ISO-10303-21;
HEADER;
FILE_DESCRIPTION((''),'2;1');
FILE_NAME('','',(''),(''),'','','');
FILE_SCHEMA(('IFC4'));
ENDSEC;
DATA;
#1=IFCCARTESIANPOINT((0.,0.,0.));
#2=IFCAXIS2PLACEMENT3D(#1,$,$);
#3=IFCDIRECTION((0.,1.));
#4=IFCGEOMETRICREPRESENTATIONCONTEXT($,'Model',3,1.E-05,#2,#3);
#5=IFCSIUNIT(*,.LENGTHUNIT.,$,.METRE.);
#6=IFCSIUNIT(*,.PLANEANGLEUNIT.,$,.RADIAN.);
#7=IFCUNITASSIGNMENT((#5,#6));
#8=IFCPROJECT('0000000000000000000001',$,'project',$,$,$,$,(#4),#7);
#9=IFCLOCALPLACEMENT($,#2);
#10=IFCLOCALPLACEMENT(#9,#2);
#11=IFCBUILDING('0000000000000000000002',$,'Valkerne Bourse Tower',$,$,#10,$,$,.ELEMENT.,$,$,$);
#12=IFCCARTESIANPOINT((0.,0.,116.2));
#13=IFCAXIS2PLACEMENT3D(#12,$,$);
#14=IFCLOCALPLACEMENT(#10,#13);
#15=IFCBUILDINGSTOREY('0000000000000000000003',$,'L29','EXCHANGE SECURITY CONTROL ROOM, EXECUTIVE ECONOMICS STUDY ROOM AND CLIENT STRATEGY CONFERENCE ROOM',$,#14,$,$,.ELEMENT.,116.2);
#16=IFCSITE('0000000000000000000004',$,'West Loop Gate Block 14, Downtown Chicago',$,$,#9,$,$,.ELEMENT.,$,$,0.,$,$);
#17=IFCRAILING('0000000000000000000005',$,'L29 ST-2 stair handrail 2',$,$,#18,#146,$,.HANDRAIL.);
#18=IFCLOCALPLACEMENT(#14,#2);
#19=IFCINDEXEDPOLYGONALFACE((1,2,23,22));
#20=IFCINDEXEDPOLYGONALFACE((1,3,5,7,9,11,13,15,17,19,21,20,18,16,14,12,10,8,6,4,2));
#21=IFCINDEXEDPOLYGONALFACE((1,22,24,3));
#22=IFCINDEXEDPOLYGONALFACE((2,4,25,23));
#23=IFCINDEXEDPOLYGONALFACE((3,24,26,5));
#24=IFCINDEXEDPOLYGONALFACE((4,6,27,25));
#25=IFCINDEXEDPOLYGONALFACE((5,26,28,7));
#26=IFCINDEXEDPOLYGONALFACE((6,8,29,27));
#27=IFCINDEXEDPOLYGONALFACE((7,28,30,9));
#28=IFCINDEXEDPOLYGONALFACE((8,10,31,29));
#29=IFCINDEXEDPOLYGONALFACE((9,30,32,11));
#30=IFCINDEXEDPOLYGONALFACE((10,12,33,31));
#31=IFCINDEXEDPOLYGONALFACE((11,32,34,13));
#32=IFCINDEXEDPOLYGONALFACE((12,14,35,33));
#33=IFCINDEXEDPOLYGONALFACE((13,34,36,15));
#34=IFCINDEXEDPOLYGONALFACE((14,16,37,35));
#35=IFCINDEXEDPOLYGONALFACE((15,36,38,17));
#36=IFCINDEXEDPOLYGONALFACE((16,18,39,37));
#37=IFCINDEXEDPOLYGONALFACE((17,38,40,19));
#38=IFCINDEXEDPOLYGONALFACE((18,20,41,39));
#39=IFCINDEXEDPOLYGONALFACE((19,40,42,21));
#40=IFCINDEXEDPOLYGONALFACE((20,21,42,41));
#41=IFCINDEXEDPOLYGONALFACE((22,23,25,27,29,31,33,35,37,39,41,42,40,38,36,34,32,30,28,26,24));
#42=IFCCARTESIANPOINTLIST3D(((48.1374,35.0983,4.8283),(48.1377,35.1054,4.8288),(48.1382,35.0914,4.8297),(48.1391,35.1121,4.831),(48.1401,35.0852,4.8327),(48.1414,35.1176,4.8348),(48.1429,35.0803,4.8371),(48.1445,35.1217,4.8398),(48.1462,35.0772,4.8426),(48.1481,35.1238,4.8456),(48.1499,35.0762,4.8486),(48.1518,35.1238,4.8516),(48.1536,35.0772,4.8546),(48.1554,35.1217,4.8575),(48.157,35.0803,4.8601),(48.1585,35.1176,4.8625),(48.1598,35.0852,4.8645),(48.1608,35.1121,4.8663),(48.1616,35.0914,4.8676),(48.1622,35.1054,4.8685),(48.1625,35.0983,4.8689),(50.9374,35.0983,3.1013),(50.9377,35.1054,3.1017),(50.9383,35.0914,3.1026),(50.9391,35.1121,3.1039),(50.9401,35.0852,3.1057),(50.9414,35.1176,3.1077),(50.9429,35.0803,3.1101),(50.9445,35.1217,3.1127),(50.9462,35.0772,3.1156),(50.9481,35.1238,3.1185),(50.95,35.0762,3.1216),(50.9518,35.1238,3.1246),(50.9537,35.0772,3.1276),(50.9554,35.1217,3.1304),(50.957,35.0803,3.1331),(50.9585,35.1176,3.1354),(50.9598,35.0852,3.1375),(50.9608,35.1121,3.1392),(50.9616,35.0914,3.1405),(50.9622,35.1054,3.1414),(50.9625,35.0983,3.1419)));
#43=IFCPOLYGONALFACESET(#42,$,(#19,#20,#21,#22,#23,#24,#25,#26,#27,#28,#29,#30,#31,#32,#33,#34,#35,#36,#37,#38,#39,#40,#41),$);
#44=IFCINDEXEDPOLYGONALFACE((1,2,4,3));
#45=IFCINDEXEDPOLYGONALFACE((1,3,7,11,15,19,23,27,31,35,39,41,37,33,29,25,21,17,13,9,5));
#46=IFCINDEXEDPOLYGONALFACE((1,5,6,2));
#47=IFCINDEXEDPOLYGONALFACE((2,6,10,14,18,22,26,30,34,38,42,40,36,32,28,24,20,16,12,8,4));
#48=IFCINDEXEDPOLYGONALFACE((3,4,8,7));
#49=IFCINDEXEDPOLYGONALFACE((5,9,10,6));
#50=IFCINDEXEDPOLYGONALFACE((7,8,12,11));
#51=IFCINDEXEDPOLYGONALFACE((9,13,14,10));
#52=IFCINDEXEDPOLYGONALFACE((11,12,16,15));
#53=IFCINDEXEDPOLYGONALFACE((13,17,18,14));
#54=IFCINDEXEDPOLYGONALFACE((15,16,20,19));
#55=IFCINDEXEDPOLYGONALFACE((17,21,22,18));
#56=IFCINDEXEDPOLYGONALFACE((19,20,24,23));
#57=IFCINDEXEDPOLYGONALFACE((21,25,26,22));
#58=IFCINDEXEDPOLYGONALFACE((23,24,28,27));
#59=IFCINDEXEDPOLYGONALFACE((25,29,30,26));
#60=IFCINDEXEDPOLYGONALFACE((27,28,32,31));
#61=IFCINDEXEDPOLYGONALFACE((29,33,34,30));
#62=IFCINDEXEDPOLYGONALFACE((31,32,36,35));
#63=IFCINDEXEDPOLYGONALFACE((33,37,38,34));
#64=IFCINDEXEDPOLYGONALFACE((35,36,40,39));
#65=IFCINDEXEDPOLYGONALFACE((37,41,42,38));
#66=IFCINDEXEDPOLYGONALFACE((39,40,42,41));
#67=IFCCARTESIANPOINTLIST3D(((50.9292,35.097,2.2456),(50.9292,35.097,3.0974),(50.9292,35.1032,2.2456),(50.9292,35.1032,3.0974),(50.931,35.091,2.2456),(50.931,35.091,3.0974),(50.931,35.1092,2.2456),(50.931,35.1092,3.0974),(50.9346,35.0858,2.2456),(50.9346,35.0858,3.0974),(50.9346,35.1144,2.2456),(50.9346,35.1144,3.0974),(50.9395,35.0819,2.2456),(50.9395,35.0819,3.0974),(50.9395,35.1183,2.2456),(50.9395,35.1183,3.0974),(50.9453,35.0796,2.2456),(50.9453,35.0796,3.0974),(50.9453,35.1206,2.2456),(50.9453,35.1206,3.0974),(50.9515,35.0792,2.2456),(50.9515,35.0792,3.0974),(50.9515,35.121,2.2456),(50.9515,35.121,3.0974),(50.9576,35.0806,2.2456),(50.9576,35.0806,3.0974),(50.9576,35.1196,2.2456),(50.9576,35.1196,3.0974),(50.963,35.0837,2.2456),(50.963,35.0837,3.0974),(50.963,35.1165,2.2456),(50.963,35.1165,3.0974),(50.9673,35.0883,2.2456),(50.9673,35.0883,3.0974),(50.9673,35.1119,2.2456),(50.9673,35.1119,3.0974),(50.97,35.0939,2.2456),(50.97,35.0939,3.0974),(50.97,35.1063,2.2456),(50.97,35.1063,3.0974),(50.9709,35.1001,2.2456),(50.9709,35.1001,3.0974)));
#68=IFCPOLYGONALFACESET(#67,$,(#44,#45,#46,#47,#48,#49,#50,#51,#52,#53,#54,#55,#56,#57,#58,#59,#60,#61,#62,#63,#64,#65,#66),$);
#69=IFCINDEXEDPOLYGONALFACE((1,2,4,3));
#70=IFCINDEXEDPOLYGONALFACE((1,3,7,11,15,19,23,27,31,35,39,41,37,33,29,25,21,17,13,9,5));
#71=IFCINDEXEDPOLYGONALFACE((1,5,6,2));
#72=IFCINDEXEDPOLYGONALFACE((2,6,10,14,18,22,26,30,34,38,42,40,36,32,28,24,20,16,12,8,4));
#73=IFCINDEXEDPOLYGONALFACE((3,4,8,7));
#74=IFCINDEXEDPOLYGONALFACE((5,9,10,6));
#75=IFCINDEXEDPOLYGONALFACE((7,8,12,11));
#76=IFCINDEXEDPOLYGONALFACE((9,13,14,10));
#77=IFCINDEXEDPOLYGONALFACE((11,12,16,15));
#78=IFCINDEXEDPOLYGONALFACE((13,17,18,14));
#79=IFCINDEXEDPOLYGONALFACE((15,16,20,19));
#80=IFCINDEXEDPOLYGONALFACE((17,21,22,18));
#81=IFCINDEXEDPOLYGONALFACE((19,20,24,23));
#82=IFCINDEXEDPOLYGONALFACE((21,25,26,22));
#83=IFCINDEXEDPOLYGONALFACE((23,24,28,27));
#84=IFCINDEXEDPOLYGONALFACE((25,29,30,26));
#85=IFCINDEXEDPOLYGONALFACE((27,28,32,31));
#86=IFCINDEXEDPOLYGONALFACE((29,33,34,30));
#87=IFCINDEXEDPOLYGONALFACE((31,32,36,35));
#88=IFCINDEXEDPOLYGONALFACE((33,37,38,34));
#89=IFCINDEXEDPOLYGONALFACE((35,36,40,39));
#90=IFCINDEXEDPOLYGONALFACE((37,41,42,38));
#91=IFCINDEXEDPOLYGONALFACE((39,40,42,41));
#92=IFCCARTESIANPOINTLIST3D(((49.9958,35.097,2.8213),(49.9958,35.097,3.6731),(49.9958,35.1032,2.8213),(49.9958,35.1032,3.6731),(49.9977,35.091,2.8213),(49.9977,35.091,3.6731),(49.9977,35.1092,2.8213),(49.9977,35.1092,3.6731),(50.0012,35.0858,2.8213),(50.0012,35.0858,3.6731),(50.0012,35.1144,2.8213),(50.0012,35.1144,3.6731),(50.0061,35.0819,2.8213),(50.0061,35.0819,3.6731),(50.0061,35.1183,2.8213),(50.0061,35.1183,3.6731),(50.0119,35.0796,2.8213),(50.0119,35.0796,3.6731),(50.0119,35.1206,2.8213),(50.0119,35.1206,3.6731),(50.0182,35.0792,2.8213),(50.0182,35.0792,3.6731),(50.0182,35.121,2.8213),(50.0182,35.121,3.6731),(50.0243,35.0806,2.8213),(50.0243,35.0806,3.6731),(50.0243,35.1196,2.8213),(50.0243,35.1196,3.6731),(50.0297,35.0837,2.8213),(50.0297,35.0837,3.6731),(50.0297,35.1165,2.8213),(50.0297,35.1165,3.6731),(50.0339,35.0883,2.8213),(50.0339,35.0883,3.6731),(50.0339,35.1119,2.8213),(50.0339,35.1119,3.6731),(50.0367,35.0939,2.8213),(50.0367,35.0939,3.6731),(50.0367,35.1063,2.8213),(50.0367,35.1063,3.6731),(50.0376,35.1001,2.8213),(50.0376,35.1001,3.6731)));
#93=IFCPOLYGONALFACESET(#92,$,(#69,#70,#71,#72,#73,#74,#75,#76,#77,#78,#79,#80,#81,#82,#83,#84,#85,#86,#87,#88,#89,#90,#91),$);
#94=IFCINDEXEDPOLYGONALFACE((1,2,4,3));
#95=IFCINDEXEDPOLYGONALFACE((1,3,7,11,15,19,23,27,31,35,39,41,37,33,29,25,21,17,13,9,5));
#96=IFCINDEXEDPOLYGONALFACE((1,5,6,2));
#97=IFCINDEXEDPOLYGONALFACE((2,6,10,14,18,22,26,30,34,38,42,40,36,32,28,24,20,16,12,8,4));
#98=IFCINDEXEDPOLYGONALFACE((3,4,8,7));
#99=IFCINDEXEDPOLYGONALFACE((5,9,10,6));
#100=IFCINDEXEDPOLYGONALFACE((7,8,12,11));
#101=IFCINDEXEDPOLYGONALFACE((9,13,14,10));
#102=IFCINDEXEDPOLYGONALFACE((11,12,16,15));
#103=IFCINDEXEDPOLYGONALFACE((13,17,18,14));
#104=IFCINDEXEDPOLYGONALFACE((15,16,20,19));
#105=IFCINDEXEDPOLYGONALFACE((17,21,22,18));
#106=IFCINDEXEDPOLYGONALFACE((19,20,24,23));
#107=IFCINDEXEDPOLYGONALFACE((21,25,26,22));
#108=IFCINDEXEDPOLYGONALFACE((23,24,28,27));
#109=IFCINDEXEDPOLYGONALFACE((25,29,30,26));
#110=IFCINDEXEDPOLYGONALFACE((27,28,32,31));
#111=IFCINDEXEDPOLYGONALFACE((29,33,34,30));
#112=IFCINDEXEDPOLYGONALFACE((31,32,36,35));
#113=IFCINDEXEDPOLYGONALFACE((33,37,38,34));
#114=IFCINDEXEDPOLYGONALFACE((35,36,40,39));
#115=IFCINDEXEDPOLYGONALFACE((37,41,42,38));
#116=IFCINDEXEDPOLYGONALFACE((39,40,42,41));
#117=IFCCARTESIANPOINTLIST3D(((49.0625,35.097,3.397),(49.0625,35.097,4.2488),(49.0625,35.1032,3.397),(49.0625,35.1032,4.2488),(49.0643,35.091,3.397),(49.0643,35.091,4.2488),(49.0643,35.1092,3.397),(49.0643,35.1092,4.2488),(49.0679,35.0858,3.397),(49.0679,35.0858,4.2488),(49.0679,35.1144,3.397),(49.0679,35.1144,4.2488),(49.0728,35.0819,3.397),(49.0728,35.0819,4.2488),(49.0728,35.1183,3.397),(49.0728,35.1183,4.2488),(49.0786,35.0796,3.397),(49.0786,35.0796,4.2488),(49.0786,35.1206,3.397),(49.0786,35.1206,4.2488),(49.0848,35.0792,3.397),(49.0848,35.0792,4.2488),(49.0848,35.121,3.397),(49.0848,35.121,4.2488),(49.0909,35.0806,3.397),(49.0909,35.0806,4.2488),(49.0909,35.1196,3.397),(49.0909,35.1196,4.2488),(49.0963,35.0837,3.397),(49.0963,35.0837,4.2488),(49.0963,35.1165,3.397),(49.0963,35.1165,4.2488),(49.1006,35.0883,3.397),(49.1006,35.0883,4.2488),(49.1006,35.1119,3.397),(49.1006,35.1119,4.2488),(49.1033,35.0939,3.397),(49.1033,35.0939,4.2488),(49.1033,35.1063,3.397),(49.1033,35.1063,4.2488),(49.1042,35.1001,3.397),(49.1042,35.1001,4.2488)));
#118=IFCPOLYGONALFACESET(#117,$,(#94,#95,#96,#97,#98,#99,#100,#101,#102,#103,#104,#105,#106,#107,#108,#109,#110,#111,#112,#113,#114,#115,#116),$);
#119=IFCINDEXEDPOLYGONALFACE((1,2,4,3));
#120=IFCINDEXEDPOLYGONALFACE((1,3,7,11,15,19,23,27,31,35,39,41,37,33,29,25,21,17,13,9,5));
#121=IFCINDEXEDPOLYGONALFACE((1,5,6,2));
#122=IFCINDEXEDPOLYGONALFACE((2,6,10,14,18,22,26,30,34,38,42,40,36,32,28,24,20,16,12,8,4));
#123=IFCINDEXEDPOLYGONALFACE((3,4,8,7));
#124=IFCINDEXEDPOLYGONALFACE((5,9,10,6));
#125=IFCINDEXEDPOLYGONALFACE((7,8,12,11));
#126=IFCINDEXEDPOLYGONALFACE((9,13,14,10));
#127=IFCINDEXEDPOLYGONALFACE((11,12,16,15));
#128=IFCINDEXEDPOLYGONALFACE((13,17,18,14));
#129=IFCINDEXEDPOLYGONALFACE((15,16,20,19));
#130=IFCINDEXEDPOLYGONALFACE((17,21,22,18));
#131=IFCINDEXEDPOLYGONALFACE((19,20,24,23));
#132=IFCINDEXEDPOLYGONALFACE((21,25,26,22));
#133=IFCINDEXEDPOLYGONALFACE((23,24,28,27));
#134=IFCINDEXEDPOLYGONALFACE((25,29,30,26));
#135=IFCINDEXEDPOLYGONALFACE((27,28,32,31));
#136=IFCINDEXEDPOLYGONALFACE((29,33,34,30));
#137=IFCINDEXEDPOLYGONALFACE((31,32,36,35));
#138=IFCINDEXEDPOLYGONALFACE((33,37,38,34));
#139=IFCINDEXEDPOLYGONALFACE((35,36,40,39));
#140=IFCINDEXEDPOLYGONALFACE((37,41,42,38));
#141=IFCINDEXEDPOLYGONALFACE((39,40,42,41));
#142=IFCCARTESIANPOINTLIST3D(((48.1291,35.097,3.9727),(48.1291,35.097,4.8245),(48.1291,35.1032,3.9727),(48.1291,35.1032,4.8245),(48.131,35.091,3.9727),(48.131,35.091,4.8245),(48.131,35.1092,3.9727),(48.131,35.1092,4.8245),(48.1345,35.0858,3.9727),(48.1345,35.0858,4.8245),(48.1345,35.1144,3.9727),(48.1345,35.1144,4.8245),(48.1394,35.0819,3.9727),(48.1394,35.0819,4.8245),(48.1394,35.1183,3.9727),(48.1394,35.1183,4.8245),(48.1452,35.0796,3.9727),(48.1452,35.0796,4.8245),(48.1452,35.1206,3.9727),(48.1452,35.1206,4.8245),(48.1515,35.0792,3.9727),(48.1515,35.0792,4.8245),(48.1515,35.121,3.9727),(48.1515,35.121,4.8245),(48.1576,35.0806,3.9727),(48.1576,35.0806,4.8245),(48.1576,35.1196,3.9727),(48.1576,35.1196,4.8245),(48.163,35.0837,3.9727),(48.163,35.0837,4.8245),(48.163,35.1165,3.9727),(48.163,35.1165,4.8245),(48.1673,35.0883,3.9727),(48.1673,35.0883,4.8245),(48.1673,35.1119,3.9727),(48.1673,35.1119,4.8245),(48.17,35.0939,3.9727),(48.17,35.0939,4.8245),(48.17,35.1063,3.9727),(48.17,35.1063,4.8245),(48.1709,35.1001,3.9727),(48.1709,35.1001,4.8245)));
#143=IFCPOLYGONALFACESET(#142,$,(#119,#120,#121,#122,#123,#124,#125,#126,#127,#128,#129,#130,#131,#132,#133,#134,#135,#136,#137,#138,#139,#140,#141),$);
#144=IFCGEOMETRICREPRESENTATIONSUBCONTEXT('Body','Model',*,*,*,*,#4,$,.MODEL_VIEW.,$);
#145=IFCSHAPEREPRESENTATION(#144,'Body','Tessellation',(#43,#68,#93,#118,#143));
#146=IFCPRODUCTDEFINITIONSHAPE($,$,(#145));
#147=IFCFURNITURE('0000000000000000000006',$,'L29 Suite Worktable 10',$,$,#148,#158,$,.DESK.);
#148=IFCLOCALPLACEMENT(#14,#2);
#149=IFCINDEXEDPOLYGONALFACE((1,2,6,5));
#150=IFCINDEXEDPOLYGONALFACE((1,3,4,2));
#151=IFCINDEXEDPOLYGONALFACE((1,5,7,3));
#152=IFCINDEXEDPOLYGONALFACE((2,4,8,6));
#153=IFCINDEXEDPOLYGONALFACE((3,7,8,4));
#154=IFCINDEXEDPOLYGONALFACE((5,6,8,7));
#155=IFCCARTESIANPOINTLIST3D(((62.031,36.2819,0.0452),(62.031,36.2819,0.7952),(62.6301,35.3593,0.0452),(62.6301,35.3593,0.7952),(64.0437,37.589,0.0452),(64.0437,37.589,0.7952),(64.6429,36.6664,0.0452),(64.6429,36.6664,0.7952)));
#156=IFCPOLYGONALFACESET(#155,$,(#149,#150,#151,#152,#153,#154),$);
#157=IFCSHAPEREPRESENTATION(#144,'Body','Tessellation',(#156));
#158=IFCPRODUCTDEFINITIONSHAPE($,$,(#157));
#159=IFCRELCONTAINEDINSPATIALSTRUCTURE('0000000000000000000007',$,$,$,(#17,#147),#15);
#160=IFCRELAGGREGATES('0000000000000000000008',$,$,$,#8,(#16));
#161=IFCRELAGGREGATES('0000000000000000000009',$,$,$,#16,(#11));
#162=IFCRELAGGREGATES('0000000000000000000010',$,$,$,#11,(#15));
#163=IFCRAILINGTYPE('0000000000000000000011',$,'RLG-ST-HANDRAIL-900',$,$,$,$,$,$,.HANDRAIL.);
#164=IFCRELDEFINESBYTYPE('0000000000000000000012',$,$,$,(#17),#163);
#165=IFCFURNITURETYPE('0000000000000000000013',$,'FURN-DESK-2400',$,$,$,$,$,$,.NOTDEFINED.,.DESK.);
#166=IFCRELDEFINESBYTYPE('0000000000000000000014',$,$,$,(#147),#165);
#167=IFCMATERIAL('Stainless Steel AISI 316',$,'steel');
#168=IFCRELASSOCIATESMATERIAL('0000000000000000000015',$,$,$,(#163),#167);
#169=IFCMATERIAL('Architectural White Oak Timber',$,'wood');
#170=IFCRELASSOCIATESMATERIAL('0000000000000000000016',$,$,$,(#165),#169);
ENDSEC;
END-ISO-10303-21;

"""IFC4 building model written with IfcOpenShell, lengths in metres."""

from ifc_helpers import new_model, si_unit, direction, frame, origin, origin_2d, place, context, subcontext, project, spatial, rectangle, circle, extrude, material, type_object, element, save


model = new_model("IFC4")

# Units and contexts
model_context = context("Model", 3, precision=1e-05, world=origin(), true_north=direction((0.0, 1.0)))
body_context = subcontext(model_context, "Body", "Model", "MODEL_VIEW")
ifc_project = project(units=[si_unit("LENGTHUNIT", "METRE"), si_unit("PLANEANGLEUNIT", "RADIAN")], contexts=[model_context])

# Site, building, storey
site_placement = place(None, origin())
site = spatial("IfcSite", under=ifc_project, at=site_placement, Name="West Loop Gate Block 14, Downtown Chicago", CompositionType="ELEMENT", RefElevation=0.0)
building_placement = place(site_placement, origin())
building = spatial("IfcBuilding", under=site, at=building_placement, Name="Valkerne Bourse Tower", CompositionType="ELEMENT")
storey_placement = place(building_placement, frame((0.0, 0.0, 116.2)))
storey = spatial("IfcBuildingStorey", under=building, at=storey_placement, Name="L29", Description="EXCHANGE SECURITY CONTROL ROOM, EXECUTIVE ECONOMICS STUDY ROOM AND CLIENT STRATEGY CONFERENCE ROOM", CompositionType="ELEMENT", Elevation=116.2)

# Shared definitions
ifc_material_1 = material(Name="Stainless Steel AISI 316", Category="steel")

# Railing
railing_type_1 = type_object("IfcRailingType", Name="RLG-ST-HANDRAIL-900", PredefinedType="HANDRAIL", material=ifc_material_1)
railing_1_placement = place(storey_placement, frame((50.95, 35.1001, 2.2456)))
element("IfcRailing", 1, at=railing_1_placement, inside=storey, type_object=railing_type_1, Name="L29 ST-2 stair handrail 2", PredefinedType="HANDRAIL", context=body_context, shape_type="SweptSolid", body=[
    extrude(circle(Radius=0.0239, at=origin_2d()), frame((0.0, 0.0, 0.876), z_axis=(-0.851123, 0.0, 0.524967), x_axis=(0.0, -1.0, 0.0)), (0.0, 0.0, 1.0), 3.2898),
    extrude(circle(Radius=0.021, at=origin_2d()), origin(), (0.0, 0.0, 1.0), 0.8518),
    extrude(circle(Radius=0.021, at=origin_2d()), frame((-0.9333, 0.0, 0.5757)), (0.0, 0.0, 1.0), 0.8518),
    extrude(circle(Radius=0.021, at=origin_2d()), frame((-1.8667, 0.0, 1.1514)), (0.0, 0.0, 1.0), 0.8518),
    extrude(circle(Radius=0.021, at=origin_2d()), frame((-2.8, 0.0, 1.7271)), (0.0, 0.0, 1.0), 0.8518),
])

# Furniture
ifc_material_2 = material(Name="Architectural White Oak Timber", Category="wood")
furniture_type = type_object("IfcFurnitureType", Name="FURN-DESK-2400", AssemblyPlace="NOTDEFINED", PredefinedType="DESK", material=ifc_material_2)
furniture_placement = place(storey_placement, frame((63.3369, 36.4741, 0.0452), z_axis=(0.0, 0.0, 1.0), x_axis=(0.838671, 0.544639, 0.0)))
element("IfcFurniture", 2, at=furniture_placement, inside=storey, type_object=furniture_type, Name="L29 Suite Worktable 10", PredefinedType="DESK", context=body_context, shape_type="SweptSolid", body=[
    extrude(rectangle(XDim=2.3999, YDim=1.1001, at=origin_2d()), origin(), (0.0, 0.0, 1.0), 0.75),
])

save(model, "model.ifc")
